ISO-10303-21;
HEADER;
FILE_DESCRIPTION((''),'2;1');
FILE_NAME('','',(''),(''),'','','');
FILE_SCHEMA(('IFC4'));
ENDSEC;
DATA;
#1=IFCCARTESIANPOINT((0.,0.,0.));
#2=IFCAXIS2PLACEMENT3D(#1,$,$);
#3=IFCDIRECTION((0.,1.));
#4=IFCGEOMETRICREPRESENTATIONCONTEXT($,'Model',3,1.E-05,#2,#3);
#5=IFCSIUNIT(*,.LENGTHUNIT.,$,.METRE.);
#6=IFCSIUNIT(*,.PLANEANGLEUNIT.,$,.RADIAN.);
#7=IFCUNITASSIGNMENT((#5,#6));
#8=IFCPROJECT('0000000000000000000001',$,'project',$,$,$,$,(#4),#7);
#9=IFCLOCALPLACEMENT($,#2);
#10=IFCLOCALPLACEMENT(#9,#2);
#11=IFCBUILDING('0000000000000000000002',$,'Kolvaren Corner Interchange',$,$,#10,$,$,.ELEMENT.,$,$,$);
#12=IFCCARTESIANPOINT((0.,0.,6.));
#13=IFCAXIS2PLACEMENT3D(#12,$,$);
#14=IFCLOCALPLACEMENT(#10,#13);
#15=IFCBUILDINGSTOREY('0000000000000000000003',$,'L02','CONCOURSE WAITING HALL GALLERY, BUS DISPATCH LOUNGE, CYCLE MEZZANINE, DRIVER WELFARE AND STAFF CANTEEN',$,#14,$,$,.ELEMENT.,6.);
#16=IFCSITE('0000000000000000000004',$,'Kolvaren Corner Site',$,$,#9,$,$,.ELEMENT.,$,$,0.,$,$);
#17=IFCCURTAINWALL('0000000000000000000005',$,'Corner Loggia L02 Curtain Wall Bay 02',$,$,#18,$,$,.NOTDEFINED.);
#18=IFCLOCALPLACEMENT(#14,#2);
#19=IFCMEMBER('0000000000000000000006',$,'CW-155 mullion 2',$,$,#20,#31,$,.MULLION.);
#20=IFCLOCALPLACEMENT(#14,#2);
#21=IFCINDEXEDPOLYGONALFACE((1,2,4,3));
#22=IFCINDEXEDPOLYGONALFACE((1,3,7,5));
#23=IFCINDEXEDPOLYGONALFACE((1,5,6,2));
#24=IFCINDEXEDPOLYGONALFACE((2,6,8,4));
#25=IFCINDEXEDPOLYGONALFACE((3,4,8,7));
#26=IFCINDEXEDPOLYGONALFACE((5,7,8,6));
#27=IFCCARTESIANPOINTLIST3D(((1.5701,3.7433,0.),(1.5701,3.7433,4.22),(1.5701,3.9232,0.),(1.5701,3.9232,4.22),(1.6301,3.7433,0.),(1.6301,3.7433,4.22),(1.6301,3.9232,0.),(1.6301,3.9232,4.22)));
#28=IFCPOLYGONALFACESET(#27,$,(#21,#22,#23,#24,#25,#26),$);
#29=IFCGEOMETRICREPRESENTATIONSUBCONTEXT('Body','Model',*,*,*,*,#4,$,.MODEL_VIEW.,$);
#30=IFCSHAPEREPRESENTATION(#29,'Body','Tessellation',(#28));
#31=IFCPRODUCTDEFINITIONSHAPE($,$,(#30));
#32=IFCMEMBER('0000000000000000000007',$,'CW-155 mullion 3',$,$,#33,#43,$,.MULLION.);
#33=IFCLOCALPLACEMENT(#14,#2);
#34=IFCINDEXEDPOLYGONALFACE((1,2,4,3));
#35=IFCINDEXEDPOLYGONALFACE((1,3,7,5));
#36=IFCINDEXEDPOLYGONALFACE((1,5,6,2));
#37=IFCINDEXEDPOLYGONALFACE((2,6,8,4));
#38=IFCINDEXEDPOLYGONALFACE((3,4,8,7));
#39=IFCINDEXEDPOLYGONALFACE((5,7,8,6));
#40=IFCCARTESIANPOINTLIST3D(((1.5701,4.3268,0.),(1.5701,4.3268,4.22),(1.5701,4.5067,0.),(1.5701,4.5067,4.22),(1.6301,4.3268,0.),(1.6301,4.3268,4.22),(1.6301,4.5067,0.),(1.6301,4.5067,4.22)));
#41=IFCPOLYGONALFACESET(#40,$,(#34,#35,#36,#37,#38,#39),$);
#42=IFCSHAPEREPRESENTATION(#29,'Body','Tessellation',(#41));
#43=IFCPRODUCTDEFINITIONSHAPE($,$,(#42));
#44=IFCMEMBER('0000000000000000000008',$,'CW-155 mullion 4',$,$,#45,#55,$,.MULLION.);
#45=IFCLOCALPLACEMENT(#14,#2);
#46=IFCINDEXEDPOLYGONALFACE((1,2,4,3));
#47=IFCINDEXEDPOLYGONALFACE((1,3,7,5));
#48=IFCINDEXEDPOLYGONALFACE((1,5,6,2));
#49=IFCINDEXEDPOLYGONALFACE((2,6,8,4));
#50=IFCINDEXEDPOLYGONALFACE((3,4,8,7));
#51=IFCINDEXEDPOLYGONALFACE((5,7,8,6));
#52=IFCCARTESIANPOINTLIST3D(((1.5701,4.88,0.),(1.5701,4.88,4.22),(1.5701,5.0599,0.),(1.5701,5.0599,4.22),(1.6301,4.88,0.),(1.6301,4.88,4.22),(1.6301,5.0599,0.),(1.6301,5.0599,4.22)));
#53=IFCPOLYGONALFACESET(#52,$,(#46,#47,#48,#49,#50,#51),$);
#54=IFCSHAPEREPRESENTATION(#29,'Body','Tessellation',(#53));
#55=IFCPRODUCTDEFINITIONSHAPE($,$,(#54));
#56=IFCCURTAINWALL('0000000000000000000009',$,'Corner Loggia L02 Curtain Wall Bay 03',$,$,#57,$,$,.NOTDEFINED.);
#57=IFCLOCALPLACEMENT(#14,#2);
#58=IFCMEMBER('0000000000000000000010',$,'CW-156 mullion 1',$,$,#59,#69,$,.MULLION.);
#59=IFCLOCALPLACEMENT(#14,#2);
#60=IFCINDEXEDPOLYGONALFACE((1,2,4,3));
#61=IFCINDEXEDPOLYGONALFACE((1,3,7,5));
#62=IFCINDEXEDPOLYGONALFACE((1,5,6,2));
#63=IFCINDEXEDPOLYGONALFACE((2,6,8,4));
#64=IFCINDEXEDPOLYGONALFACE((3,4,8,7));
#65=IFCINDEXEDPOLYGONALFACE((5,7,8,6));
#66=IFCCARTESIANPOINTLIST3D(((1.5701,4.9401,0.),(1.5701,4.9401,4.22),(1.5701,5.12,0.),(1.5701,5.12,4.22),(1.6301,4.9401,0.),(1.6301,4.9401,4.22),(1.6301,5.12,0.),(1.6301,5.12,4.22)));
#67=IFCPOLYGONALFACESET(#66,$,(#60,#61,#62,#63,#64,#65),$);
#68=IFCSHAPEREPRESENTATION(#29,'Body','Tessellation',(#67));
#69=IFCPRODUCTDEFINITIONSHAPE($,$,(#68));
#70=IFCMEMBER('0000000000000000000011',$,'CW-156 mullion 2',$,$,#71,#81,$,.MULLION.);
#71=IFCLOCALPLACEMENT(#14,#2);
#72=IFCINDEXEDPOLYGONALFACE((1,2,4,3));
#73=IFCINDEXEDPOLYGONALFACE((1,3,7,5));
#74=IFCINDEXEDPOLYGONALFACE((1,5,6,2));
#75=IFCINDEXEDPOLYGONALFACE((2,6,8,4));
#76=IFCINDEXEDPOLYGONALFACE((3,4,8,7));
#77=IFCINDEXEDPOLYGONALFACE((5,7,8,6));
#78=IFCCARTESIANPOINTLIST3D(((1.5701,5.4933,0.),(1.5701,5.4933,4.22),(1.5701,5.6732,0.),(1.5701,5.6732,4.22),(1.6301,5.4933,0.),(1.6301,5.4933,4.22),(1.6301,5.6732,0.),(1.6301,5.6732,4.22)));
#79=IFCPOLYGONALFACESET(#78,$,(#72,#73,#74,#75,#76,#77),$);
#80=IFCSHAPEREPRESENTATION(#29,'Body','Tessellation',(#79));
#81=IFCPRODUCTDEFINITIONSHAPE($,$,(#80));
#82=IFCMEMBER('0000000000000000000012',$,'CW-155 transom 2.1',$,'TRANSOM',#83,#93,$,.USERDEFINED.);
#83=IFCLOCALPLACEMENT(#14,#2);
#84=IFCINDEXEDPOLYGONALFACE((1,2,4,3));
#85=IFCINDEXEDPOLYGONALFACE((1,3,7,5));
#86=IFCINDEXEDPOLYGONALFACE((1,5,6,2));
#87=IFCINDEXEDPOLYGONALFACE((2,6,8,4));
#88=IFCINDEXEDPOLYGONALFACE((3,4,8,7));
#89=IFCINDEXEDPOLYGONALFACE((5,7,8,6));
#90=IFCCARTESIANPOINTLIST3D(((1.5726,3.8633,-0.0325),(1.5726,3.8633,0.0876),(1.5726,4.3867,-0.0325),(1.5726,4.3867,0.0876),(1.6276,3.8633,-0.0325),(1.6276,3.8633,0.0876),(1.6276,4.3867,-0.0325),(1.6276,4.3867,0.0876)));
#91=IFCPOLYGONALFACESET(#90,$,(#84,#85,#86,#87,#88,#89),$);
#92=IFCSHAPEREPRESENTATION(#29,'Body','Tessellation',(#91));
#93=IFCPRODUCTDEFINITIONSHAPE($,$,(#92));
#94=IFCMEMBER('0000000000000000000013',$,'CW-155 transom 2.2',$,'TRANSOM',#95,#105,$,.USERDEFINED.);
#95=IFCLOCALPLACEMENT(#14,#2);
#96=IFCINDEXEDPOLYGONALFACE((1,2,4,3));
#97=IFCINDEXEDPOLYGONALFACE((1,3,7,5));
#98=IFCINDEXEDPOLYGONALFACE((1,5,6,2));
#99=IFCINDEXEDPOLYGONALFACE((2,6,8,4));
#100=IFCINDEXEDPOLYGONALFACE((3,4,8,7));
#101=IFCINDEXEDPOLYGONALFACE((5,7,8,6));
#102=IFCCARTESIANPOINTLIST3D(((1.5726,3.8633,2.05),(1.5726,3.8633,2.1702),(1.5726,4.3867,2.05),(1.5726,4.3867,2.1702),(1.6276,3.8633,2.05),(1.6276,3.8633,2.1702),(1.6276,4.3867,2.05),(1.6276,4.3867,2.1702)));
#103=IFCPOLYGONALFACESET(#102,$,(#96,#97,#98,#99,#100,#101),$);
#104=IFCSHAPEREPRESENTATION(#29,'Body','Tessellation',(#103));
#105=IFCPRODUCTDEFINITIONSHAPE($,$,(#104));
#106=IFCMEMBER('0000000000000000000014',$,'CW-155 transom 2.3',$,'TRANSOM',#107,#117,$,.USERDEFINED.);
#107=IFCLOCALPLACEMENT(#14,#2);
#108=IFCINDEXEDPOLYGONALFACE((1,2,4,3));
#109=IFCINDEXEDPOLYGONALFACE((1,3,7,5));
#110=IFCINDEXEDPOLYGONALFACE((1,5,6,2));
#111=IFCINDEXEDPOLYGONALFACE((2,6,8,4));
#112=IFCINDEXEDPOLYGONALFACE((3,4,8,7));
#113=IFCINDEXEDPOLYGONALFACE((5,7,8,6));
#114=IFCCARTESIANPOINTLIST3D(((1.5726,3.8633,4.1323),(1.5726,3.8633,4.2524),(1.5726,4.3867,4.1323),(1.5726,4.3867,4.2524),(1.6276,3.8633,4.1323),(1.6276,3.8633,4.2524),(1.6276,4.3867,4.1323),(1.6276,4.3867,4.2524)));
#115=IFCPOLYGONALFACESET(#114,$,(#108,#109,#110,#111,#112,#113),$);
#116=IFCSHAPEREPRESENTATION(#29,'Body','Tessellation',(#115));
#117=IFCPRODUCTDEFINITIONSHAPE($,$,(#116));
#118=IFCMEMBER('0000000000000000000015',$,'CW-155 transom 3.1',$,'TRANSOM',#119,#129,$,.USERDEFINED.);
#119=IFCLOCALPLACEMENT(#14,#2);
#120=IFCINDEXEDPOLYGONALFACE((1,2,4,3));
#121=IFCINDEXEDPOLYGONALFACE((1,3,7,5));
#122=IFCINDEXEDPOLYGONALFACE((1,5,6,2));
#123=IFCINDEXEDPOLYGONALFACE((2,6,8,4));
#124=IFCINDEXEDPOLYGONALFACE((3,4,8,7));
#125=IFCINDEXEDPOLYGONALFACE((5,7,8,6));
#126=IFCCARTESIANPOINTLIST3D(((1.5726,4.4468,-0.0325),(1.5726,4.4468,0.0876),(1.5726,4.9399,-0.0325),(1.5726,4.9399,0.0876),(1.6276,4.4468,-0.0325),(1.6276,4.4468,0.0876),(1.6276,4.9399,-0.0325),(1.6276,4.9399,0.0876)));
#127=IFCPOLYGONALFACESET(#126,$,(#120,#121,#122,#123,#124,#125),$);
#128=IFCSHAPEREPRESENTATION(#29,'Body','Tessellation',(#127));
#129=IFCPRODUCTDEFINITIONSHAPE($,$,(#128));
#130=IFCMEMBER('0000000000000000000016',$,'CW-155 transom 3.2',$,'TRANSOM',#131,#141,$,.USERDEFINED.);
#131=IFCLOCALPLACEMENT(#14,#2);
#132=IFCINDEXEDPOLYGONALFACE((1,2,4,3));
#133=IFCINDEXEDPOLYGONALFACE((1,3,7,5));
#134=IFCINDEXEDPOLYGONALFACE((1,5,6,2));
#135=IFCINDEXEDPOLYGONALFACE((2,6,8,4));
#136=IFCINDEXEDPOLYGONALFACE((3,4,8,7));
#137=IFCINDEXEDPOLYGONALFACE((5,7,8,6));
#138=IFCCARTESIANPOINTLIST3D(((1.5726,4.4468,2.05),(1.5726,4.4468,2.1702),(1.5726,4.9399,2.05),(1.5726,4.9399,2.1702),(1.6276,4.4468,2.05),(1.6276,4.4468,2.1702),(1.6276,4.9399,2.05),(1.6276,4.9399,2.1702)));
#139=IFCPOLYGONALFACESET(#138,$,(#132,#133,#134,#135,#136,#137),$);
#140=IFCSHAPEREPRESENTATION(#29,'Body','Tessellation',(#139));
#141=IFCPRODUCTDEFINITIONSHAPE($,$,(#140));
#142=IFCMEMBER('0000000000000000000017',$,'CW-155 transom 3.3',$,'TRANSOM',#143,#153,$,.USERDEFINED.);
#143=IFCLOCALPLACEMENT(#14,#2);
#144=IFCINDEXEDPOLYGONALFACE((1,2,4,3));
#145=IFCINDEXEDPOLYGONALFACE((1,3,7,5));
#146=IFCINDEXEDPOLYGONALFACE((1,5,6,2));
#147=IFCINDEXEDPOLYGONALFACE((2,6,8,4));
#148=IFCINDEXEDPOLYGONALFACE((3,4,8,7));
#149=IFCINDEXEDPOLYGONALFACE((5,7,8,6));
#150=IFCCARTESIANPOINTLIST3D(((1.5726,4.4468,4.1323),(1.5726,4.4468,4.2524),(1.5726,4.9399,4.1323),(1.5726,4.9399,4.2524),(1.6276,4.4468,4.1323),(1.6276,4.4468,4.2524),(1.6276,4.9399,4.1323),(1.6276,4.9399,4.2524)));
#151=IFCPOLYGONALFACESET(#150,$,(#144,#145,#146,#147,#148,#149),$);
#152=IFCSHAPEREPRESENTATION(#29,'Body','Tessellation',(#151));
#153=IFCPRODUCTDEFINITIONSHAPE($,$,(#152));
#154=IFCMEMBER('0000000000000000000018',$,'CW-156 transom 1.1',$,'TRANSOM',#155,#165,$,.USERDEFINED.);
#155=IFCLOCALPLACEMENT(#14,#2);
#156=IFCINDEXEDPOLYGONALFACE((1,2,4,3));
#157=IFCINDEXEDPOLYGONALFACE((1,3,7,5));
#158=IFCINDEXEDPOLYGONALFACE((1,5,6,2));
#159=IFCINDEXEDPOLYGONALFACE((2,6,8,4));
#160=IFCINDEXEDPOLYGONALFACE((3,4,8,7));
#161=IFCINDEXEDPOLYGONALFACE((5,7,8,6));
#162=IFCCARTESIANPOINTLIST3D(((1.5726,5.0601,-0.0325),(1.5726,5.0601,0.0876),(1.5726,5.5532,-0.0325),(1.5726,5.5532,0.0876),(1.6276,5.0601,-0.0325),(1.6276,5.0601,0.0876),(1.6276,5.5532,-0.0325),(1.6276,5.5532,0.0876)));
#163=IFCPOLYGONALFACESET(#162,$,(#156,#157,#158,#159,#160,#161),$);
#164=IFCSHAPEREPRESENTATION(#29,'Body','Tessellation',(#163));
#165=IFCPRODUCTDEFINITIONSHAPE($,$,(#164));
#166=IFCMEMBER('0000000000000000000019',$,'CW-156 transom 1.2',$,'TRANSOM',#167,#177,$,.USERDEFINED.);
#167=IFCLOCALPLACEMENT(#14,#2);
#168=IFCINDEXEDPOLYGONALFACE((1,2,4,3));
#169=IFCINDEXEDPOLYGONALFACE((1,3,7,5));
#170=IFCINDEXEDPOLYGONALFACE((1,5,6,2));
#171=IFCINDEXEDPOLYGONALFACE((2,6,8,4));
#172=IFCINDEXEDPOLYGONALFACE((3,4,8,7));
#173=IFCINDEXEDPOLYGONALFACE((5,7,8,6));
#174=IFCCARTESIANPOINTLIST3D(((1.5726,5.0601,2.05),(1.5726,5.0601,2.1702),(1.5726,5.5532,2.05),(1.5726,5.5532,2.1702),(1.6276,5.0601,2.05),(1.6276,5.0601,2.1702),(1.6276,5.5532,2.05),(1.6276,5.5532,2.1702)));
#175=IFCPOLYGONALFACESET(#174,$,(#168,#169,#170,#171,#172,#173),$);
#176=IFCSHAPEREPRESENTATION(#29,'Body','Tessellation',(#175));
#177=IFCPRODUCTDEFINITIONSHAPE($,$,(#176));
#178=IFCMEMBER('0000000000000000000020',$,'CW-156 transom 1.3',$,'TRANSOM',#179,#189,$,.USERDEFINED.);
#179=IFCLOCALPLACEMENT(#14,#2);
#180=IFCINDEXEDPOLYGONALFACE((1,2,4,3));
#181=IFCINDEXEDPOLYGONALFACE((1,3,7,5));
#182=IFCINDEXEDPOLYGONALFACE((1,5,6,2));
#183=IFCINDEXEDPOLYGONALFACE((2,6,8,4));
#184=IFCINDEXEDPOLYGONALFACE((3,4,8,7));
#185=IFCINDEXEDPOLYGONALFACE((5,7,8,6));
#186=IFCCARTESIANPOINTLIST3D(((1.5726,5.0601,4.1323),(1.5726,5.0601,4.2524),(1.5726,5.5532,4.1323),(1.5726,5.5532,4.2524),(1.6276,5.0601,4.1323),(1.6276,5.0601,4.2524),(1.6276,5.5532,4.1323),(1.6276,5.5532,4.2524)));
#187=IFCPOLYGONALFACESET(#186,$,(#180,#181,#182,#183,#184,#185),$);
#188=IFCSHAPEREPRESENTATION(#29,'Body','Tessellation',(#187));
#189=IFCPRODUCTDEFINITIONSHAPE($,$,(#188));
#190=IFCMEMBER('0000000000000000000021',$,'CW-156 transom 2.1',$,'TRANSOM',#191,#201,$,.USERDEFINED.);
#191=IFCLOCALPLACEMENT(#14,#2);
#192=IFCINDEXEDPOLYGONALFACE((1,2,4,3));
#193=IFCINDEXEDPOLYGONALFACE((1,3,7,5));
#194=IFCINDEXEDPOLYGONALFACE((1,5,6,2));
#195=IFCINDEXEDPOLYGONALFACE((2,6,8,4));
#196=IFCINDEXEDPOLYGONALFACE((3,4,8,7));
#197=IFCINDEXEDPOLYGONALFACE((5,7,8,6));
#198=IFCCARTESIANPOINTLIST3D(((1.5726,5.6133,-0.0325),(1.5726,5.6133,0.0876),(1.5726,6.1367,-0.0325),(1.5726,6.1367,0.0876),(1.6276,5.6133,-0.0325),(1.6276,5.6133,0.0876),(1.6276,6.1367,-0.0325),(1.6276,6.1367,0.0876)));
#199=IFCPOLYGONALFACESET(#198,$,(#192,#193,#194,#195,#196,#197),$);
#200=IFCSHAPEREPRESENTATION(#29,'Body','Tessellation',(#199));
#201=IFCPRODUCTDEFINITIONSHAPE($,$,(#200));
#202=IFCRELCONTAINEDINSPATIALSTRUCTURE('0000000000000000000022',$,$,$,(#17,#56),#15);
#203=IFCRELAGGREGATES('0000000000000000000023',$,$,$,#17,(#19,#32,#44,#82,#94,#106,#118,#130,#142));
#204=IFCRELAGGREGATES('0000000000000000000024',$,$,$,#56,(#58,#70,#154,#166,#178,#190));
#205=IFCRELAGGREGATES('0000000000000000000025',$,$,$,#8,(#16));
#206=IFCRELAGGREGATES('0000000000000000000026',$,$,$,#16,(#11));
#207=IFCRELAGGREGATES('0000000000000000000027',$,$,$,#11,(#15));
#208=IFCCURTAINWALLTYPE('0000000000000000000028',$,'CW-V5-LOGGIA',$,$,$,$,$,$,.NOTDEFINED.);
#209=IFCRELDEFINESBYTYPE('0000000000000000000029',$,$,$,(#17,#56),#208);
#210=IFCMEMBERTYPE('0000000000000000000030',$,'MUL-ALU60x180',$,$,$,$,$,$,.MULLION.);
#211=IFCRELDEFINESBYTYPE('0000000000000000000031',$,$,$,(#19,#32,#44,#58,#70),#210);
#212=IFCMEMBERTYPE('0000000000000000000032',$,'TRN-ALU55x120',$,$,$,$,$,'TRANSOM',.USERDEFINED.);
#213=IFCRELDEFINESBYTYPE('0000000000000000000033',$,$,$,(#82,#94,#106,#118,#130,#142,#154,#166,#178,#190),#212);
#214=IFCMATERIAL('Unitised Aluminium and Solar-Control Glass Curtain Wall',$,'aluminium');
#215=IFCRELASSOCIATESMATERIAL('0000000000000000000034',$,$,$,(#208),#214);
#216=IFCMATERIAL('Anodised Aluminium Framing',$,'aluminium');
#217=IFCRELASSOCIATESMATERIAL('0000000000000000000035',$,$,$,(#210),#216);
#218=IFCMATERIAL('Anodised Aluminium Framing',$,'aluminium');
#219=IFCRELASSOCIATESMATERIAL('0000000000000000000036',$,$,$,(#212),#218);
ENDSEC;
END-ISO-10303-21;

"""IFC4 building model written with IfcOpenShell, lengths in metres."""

from ifc_helpers import new_model, si_unit, direction, frame, origin, origin_2d, place, context, subcontext, project, spatial, rectangle, extrude, material, material_profile, profile_set, type_object, element, aggregate, save


model = new_model("IFC4")

# Units and contexts
model_context = context("Model", 3, precision=1e-05, world=origin(), true_north=direction((0.0, 1.0)))
body_context = subcontext(model_context, "Body", "Model", "MODEL_VIEW")
ifc_project = project(units=[si_unit("LENGTHUNIT", "METRE"), si_unit("PLANEANGLEUNIT", "RADIAN")], contexts=[model_context])

# Site, building, storey
site_placement = place(None, origin())
site = spatial("IfcSite", under=ifc_project, at=site_placement, Name="Kolvaren Corner Site", CompositionType="ELEMENT", RefElevation=0.0)
building_placement = place(site_placement, origin())
building = spatial("IfcBuilding", under=site, at=building_placement, Name="Kolvaren Corner Interchange", CompositionType="ELEMENT")
storey_placement = place(building_placement, frame((0.0, 0.0, 6.0)))
storey = spatial("IfcBuildingStorey", under=building, at=storey_placement, Name="L02", Description="CONCOURSE WAITING HALL GALLERY, BUS DISPATCH LOUNGE, CYCLE MEZZANINE, DRIVER WELFARE AND STAFF CANTEEN", CompositionType="ELEMENT", Elevation=6.0)

# Curtain walls, members
ifc_material_1 = material(Name="Unitised Aluminium and Solar-Control Glass Curtain Wall", Category="aluminium")
curtain_wall_type = type_object("IfcCurtainWallType", Name="CW-V5-LOGGIA", PredefinedType="NOTDEFINED", material=ifc_material_1)
curtain_wall_1_placement = place(storey_placement, origin())
curtain_wall_1 = element("IfcCurtainWall", 1, at=curtain_wall_1_placement, inside=storey, type_object=curtain_wall_type, Name="Corner Loggia L02 Curtain Wall Bay 02", PredefinedType="NOTDEFINED")
ifc_material_2 = material(Name="Anodised Aluminium Framing", Category="aluminium")
ifc_material_profile_1 = material_profile(ifc_material_2, rectangle(XDim=0.0601, YDim=0.1799, at=origin_2d()), Name="ALU 60x180")
ifc_profile_set_1 = profile_set([ifc_material_profile_1], Name="Anodised Aluminium Framing")
member_type_1 = type_object("IfcMemberType", Name="MUL-ALU60x180", PredefinedType="MULLION", material=ifc_profile_set_1)
member_1_placement = place(storey_placement, frame((1.6001, 3.8333, 0.0), z_axis=(0.0, 0.0, 1.0), x_axis=(-1.0, 0.0, 0.0)))
member_1 = element("IfcMember", 2, at=member_1_placement, type_object=member_type_1, Name="CW-155 mullion 2", PredefinedType="MULLION", context=body_context, shape_type="SweptSolid", body=[
    extrude(rectangle(XDim=0.0601, YDim=0.1799, at=origin_2d()), origin(), (0.0, 0.0, 1.0), 4.22),
])
member_2_placement = place(storey_placement, frame((1.6001, 4.4167, 0.0), z_axis=(0.0, 0.0, 1.0), x_axis=(-1.0, 0.0, 0.0)))
member_2 = element("IfcMember", 3, at=member_2_placement, type_object=member_type_1, Name="CW-155 mullion 3", PredefinedType="MULLION", context=body_context, shape_type="SweptSolid", body=[
    extrude(rectangle(XDim=0.0601, YDim=0.1799, at=origin_2d()), origin(), (0.0, 0.0, 1.0), 4.22),
])
member_3_placement = place(storey_placement, frame((1.6001, 4.97, 0.0), z_axis=(0.0, 0.0, 1.0), x_axis=(-1.0, 0.0, 0.0)))
member_3 = element("IfcMember", 4, at=member_3_placement, type_object=member_type_1, Name="CW-155 mullion 4", PredefinedType="MULLION", context=body_context, shape_type="SweptSolid", body=[
    extrude(rectangle(XDim=0.0601, YDim=0.1799, at=origin_2d()), origin(), (0.0, 0.0, 1.0), 4.22),
])
curtain_wall_2_placement = place(storey_placement, origin())
curtain_wall_2 = element("IfcCurtainWall", 5, at=curtain_wall_2_placement, inside=storey, type_object=curtain_wall_type, Name="Corner Loggia L02 Curtain Wall Bay 03", PredefinedType="NOTDEFINED")
member_4_placement = place(storey_placement, frame((1.6001, 5.03, 0.0), z_axis=(0.0, 0.0, 1.0), x_axis=(-1.0, 0.0, 0.0)))
member_4 = element("IfcMember", 6, at=member_4_placement, type_object=member_type_1, Name="CW-156 mullion 1", PredefinedType="MULLION", context=body_context, shape_type="SweptSolid", body=[
    extrude(rectangle(XDim=0.0601, YDim=0.1799, at=origin_2d()), origin(), (0.0, 0.0, 1.0), 4.22),
])
member_5_placement = place(storey_placement, frame((1.6001, 5.5833, 0.0), z_axis=(0.0, 0.0, 1.0), x_axis=(-1.0, 0.0, 0.0)))
member_5 = element("IfcMember", 7, at=member_5_placement, type_object=member_type_1, Name="CW-156 mullion 2", PredefinedType="MULLION", context=body_context, shape_type="SweptSolid", body=[
    extrude(rectangle(XDim=0.0601, YDim=0.1799, at=origin_2d()), origin(), (0.0, 0.0, 1.0), 4.22),
])

# Members
ifc_material_3 = material(Name="Anodised Aluminium Framing", Category="aluminium")
ifc_material_profile_2 = material_profile(ifc_material_3, rectangle(XDim=0.0549, YDim=0.1201, at=origin_2d()), Name="ALU 55x120")
ifc_profile_set_2 = profile_set([ifc_material_profile_2], Name="Anodised Aluminium Framing")
member_type_2 = type_object("IfcMemberType", Name="TRN-ALU55x120", ElementType="TRANSOM", PredefinedType="USERDEFINED", material=ifc_profile_set_2)
member_6_placement = place(storey_placement, frame((1.6001, 3.8633, 0.0276), z_axis=(0.0, 1.0, 0.0), x_axis=(-1.0, 0.0, 0.0)))
member_6 = element("IfcMember", 8, at=member_6_placement, type_object=member_type_2, Name="CW-155 transom 2.1", ObjectType="TRANSOM", PredefinedType="USERDEFINED", context=body_context, shape_type="SweptSolid", body=[
    extrude(rectangle(XDim=0.0549, YDim=0.1201, at=origin_2d()), origin(), (0.0, 0.0, 1.0), 0.5234),
])
member_7_placement = place(storey_placement, frame((1.6001, 3.8633, 2.1101), z_axis=(0.0, 1.0, 0.0), x_axis=(-1.0, 0.0, 0.0)))
member_7 = element("IfcMember", 9, at=member_7_placement, type_object=member_type_2, Name="CW-155 transom 2.2", ObjectType="TRANSOM", PredefinedType="USERDEFINED", context=body_context, shape_type="SweptSolid", body=[
    extrude(rectangle(XDim=0.0549, YDim=0.1201, at=origin_2d()), origin(), (0.0, 0.0, 1.0), 0.5234),
])
member_8_placement = place(storey_placement, frame((1.6001, 3.8633, 4.1924), z_axis=(0.0, 1.0, 0.0), x_axis=(-1.0, 0.0, 0.0)))
member_8 = element("IfcMember", 10, at=member_8_placement, type_object=member_type_2, Name="CW-155 transom 2.3", ObjectType="TRANSOM", PredefinedType="USERDEFINED", context=body_context, shape_type="SweptSolid", body=[
    extrude(rectangle(XDim=0.0549, YDim=0.1201, at=origin_2d()), origin(), (0.0, 0.0, 1.0), 0.5234),
])
member_9_placement = place(storey_placement, frame((1.6001, 4.4468, 0.0276), z_axis=(0.0, 1.0, 0.0), x_axis=(-1.0, 0.0, 0.0)))
member_9 = element("IfcMember", 11, at=member_9_placement, type_object=member_type_2, Name="CW-155 transom 3.1", ObjectType="TRANSOM", PredefinedType="USERDEFINED", context=body_context, shape_type="SweptSolid", body=[
    extrude(rectangle(XDim=0.0549, YDim=0.1201, at=origin_2d()), origin(), (0.0, 0.0, 1.0), 0.4932),
])
member_10_placement = place(storey_placement, frame((1.6001, 4.4468, 2.1101), z_axis=(0.0, 1.0, 0.0), x_axis=(-1.0, 0.0, 0.0)))
member_10 = element("IfcMember", 12, at=member_10_placement, type_object=member_type_2, Name="CW-155 transom 3.2", ObjectType="TRANSOM", PredefinedType="USERDEFINED", context=body_context, shape_type="SweptSolid", body=[
    extrude(rectangle(XDim=0.0549, YDim=0.1201, at=origin_2d()), origin(), (0.0, 0.0, 1.0), 0.4932),
])
member_11_placement = place(storey_placement, frame((1.6001, 4.4468, 4.1924), z_axis=(0.0, 1.0, 0.0), x_axis=(-1.0, 0.0, 0.0)))
member_11 = element("IfcMember", 13, at=member_11_placement, type_object=member_type_2, Name="CW-155 transom 3.3", ObjectType="TRANSOM", PredefinedType="USERDEFINED", context=body_context, shape_type="SweptSolid", body=[
    extrude(rectangle(XDim=0.0549, YDim=0.1201, at=origin_2d()), origin(), (0.0, 0.0, 1.0), 0.4932),
])
member_12_placement = place(storey_placement, frame((1.6001, 5.0601, 0.0276), z_axis=(0.0, 1.0, 0.0), x_axis=(-1.0, 0.0, 0.0)))
member_12 = element("IfcMember", 14, at=member_12_placement, type_object=member_type_2, Name="CW-156 transom 1.1", ObjectType="TRANSOM", PredefinedType="USERDEFINED", context=body_context, shape_type="SweptSolid", body=[
    extrude(rectangle(XDim=0.0549, YDim=0.1201, at=origin_2d()), origin(), (0.0, 0.0, 1.0), 0.4932),
])
member_13_placement = place(storey_placement, frame((1.6001, 5.0601, 2.1101), z_axis=(0.0, 1.0, 0.0), x_axis=(-1.0, 0.0, 0.0)))
member_13 = element("IfcMember", 15, at=member_13_placement, type_object=member_type_2, Name="CW-156 transom 1.2", ObjectType="TRANSOM", PredefinedType="USERDEFINED", context=body_context, shape_type="SweptSolid", body=[
    extrude(rectangle(XDim=0.0549, YDim=0.1201, at=origin_2d()), origin(), (0.0, 0.0, 1.0), 0.4932),
])
member_14_placement = place(storey_placement, frame((1.6001, 5.0601, 4.1924), z_axis=(0.0, 1.0, 0.0), x_axis=(-1.0, 0.0, 0.0)))
member_14 = element("IfcMember", 16, at=member_14_placement, type_object=member_type_2, Name="CW-156 transom 1.3", ObjectType="TRANSOM", PredefinedType="USERDEFINED", context=body_context, shape_type="SweptSolid", body=[
    extrude(rectangle(XDim=0.0549, YDim=0.1201, at=origin_2d()), origin(), (0.0, 0.0, 1.0), 0.4932),
])
member_15_placement = place(storey_placement, frame((1.6001, 5.6133, 0.0276), z_axis=(0.0, 1.0, 0.0), x_axis=(-1.0, 0.0, 0.0)))
member_15 = element("IfcMember", 17, at=member_15_placement, type_object=member_type_2, Name="CW-156 transom 2.1", ObjectType="TRANSOM", PredefinedType="USERDEFINED", context=body_context, shape_type="SweptSolid", body=[
    extrude(rectangle(XDim=0.0549, YDim=0.1201, at=origin_2d()), origin(), (0.0, 0.0, 1.0), 0.5234),
])

aggregate(curtain_wall_1, [member_1, member_2, member_3, member_6, member_7, member_8, member_9, member_10, member_11])
aggregate(curtain_wall_2, [member_4, member_5, member_12, member_13, member_14, member_15])

save(model, "model.ifc")
